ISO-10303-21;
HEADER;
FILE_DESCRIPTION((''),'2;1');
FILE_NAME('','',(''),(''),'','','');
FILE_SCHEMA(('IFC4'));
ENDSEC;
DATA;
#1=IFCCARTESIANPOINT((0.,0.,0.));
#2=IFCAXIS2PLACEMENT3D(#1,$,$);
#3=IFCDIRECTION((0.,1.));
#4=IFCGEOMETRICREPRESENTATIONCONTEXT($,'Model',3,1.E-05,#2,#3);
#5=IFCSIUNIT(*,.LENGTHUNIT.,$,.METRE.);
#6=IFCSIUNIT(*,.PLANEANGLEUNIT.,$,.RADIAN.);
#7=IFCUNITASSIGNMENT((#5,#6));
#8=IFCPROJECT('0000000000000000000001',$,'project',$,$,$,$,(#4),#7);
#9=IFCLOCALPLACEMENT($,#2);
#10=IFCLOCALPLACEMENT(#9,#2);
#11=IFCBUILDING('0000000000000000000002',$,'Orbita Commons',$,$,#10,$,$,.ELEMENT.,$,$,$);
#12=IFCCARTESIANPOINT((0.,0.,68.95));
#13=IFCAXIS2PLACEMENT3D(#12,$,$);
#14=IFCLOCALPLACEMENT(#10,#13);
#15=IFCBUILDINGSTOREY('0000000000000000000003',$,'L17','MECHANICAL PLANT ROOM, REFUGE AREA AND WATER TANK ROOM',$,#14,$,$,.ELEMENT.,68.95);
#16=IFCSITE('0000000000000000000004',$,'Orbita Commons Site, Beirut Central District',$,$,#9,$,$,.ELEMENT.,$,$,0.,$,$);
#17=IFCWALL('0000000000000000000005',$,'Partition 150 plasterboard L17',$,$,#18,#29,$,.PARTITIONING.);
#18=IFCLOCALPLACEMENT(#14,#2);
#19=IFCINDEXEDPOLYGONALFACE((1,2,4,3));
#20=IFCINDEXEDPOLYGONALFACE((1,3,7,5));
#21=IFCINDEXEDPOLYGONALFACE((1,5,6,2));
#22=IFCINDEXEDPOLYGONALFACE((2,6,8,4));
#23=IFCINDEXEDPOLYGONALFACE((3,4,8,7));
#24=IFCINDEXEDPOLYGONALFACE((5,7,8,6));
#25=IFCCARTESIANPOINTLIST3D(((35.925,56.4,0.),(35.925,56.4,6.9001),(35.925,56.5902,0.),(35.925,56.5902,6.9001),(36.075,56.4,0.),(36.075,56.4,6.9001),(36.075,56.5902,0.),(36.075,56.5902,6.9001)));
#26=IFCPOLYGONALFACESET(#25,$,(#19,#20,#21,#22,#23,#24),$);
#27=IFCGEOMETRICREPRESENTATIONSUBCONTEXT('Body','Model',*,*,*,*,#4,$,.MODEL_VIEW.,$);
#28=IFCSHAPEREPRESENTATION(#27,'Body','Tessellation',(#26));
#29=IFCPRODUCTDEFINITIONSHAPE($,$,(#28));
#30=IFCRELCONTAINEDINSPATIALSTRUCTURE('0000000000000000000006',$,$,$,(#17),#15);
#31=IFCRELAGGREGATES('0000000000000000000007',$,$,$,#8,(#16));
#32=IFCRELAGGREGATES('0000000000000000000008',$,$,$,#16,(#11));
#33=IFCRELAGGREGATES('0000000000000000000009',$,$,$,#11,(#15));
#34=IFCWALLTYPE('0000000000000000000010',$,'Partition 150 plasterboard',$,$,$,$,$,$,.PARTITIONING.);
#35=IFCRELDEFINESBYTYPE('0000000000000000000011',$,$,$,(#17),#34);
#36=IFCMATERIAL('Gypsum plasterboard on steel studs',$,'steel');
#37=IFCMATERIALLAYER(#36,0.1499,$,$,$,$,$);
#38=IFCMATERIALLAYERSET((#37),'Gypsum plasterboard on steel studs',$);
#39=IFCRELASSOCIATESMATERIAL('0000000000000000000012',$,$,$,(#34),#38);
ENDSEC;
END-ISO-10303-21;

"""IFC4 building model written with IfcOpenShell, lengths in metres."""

from ifc_helpers import new_model, si_unit, direction, frame, frame_2d, origin, place, context, subcontext, project, spatial, rectangle, extrude, material, layer, layer_set, type_object, element, save


model = new_model("IFC4")

# Units and contexts
model_context = context("Model", 3, precision=1e-05, world=origin(), true_north=direction((0.0, 1.0)))
body_context = subcontext(model_context, "Body", "Model", "MODEL_VIEW")
ifc_project = project(units=[si_unit("LENGTHUNIT", "METRE"), si_unit("PLANEANGLEUNIT", "RADIAN")], contexts=[model_context])

# Site, building, storey
site_placement = place(None, origin())
site = spatial("IfcSite", under=ifc_project, at=site_placement, Name="Orbita Commons Site, Beirut Central District", CompositionType="ELEMENT", RefElevation=0.0)
building_placement = place(site_placement, origin())
building = spatial("IfcBuilding", under=site, at=building_placement, Name="Orbita Commons", CompositionType="ELEMENT")
storey_placement = place(building_placement, frame((0.0, 0.0, 68.95)))
storey = spatial("IfcBuildingStorey", under=building, at=storey_placement, Name="L17", Description="MECHANICAL PLANT ROOM, REFUGE AREA AND WATER TANK ROOM", CompositionType="ELEMENT", Elevation=68.95)

# Wall
ifc_material_1 = material(Name="Gypsum plasterboard on steel studs", Category="steel")
ifc_layer = layer(ifc_material_1, 0.1499)
ifc_layer_set = layer_set([ifc_layer], Name="Gypsum plasterboard on steel studs")
wall_type = type_object("IfcWallType", Name="Partition 150 plasterboard", PredefinedType="PARTITIONING", material=ifc_layer_set)
for number, where, z_axis, x_axis, name in (
    (1, (36.0, 56.3999, 0.0), (0.0, 0.0, 1.0), (0.0, 1.0, 0.0), "Partition 150 plasterboard L17"),
):
    element("IfcWall", number, at=place(storey_placement, frame(where, z_axis=z_axis, x_axis=x_axis)), inside=storey, type_object=wall_type, Name=name, PredefinedType="PARTITIONING", context=body_context, shape_type="SweptSolid", body=[
        extrude(rectangle(XDim=0.1902, YDim=0.1499, at=frame_2d((0.0952, 0.0))), origin(), (0.0, 0.0, 1.0), 6.9001),
    ])

save(model, "model.ifc")
